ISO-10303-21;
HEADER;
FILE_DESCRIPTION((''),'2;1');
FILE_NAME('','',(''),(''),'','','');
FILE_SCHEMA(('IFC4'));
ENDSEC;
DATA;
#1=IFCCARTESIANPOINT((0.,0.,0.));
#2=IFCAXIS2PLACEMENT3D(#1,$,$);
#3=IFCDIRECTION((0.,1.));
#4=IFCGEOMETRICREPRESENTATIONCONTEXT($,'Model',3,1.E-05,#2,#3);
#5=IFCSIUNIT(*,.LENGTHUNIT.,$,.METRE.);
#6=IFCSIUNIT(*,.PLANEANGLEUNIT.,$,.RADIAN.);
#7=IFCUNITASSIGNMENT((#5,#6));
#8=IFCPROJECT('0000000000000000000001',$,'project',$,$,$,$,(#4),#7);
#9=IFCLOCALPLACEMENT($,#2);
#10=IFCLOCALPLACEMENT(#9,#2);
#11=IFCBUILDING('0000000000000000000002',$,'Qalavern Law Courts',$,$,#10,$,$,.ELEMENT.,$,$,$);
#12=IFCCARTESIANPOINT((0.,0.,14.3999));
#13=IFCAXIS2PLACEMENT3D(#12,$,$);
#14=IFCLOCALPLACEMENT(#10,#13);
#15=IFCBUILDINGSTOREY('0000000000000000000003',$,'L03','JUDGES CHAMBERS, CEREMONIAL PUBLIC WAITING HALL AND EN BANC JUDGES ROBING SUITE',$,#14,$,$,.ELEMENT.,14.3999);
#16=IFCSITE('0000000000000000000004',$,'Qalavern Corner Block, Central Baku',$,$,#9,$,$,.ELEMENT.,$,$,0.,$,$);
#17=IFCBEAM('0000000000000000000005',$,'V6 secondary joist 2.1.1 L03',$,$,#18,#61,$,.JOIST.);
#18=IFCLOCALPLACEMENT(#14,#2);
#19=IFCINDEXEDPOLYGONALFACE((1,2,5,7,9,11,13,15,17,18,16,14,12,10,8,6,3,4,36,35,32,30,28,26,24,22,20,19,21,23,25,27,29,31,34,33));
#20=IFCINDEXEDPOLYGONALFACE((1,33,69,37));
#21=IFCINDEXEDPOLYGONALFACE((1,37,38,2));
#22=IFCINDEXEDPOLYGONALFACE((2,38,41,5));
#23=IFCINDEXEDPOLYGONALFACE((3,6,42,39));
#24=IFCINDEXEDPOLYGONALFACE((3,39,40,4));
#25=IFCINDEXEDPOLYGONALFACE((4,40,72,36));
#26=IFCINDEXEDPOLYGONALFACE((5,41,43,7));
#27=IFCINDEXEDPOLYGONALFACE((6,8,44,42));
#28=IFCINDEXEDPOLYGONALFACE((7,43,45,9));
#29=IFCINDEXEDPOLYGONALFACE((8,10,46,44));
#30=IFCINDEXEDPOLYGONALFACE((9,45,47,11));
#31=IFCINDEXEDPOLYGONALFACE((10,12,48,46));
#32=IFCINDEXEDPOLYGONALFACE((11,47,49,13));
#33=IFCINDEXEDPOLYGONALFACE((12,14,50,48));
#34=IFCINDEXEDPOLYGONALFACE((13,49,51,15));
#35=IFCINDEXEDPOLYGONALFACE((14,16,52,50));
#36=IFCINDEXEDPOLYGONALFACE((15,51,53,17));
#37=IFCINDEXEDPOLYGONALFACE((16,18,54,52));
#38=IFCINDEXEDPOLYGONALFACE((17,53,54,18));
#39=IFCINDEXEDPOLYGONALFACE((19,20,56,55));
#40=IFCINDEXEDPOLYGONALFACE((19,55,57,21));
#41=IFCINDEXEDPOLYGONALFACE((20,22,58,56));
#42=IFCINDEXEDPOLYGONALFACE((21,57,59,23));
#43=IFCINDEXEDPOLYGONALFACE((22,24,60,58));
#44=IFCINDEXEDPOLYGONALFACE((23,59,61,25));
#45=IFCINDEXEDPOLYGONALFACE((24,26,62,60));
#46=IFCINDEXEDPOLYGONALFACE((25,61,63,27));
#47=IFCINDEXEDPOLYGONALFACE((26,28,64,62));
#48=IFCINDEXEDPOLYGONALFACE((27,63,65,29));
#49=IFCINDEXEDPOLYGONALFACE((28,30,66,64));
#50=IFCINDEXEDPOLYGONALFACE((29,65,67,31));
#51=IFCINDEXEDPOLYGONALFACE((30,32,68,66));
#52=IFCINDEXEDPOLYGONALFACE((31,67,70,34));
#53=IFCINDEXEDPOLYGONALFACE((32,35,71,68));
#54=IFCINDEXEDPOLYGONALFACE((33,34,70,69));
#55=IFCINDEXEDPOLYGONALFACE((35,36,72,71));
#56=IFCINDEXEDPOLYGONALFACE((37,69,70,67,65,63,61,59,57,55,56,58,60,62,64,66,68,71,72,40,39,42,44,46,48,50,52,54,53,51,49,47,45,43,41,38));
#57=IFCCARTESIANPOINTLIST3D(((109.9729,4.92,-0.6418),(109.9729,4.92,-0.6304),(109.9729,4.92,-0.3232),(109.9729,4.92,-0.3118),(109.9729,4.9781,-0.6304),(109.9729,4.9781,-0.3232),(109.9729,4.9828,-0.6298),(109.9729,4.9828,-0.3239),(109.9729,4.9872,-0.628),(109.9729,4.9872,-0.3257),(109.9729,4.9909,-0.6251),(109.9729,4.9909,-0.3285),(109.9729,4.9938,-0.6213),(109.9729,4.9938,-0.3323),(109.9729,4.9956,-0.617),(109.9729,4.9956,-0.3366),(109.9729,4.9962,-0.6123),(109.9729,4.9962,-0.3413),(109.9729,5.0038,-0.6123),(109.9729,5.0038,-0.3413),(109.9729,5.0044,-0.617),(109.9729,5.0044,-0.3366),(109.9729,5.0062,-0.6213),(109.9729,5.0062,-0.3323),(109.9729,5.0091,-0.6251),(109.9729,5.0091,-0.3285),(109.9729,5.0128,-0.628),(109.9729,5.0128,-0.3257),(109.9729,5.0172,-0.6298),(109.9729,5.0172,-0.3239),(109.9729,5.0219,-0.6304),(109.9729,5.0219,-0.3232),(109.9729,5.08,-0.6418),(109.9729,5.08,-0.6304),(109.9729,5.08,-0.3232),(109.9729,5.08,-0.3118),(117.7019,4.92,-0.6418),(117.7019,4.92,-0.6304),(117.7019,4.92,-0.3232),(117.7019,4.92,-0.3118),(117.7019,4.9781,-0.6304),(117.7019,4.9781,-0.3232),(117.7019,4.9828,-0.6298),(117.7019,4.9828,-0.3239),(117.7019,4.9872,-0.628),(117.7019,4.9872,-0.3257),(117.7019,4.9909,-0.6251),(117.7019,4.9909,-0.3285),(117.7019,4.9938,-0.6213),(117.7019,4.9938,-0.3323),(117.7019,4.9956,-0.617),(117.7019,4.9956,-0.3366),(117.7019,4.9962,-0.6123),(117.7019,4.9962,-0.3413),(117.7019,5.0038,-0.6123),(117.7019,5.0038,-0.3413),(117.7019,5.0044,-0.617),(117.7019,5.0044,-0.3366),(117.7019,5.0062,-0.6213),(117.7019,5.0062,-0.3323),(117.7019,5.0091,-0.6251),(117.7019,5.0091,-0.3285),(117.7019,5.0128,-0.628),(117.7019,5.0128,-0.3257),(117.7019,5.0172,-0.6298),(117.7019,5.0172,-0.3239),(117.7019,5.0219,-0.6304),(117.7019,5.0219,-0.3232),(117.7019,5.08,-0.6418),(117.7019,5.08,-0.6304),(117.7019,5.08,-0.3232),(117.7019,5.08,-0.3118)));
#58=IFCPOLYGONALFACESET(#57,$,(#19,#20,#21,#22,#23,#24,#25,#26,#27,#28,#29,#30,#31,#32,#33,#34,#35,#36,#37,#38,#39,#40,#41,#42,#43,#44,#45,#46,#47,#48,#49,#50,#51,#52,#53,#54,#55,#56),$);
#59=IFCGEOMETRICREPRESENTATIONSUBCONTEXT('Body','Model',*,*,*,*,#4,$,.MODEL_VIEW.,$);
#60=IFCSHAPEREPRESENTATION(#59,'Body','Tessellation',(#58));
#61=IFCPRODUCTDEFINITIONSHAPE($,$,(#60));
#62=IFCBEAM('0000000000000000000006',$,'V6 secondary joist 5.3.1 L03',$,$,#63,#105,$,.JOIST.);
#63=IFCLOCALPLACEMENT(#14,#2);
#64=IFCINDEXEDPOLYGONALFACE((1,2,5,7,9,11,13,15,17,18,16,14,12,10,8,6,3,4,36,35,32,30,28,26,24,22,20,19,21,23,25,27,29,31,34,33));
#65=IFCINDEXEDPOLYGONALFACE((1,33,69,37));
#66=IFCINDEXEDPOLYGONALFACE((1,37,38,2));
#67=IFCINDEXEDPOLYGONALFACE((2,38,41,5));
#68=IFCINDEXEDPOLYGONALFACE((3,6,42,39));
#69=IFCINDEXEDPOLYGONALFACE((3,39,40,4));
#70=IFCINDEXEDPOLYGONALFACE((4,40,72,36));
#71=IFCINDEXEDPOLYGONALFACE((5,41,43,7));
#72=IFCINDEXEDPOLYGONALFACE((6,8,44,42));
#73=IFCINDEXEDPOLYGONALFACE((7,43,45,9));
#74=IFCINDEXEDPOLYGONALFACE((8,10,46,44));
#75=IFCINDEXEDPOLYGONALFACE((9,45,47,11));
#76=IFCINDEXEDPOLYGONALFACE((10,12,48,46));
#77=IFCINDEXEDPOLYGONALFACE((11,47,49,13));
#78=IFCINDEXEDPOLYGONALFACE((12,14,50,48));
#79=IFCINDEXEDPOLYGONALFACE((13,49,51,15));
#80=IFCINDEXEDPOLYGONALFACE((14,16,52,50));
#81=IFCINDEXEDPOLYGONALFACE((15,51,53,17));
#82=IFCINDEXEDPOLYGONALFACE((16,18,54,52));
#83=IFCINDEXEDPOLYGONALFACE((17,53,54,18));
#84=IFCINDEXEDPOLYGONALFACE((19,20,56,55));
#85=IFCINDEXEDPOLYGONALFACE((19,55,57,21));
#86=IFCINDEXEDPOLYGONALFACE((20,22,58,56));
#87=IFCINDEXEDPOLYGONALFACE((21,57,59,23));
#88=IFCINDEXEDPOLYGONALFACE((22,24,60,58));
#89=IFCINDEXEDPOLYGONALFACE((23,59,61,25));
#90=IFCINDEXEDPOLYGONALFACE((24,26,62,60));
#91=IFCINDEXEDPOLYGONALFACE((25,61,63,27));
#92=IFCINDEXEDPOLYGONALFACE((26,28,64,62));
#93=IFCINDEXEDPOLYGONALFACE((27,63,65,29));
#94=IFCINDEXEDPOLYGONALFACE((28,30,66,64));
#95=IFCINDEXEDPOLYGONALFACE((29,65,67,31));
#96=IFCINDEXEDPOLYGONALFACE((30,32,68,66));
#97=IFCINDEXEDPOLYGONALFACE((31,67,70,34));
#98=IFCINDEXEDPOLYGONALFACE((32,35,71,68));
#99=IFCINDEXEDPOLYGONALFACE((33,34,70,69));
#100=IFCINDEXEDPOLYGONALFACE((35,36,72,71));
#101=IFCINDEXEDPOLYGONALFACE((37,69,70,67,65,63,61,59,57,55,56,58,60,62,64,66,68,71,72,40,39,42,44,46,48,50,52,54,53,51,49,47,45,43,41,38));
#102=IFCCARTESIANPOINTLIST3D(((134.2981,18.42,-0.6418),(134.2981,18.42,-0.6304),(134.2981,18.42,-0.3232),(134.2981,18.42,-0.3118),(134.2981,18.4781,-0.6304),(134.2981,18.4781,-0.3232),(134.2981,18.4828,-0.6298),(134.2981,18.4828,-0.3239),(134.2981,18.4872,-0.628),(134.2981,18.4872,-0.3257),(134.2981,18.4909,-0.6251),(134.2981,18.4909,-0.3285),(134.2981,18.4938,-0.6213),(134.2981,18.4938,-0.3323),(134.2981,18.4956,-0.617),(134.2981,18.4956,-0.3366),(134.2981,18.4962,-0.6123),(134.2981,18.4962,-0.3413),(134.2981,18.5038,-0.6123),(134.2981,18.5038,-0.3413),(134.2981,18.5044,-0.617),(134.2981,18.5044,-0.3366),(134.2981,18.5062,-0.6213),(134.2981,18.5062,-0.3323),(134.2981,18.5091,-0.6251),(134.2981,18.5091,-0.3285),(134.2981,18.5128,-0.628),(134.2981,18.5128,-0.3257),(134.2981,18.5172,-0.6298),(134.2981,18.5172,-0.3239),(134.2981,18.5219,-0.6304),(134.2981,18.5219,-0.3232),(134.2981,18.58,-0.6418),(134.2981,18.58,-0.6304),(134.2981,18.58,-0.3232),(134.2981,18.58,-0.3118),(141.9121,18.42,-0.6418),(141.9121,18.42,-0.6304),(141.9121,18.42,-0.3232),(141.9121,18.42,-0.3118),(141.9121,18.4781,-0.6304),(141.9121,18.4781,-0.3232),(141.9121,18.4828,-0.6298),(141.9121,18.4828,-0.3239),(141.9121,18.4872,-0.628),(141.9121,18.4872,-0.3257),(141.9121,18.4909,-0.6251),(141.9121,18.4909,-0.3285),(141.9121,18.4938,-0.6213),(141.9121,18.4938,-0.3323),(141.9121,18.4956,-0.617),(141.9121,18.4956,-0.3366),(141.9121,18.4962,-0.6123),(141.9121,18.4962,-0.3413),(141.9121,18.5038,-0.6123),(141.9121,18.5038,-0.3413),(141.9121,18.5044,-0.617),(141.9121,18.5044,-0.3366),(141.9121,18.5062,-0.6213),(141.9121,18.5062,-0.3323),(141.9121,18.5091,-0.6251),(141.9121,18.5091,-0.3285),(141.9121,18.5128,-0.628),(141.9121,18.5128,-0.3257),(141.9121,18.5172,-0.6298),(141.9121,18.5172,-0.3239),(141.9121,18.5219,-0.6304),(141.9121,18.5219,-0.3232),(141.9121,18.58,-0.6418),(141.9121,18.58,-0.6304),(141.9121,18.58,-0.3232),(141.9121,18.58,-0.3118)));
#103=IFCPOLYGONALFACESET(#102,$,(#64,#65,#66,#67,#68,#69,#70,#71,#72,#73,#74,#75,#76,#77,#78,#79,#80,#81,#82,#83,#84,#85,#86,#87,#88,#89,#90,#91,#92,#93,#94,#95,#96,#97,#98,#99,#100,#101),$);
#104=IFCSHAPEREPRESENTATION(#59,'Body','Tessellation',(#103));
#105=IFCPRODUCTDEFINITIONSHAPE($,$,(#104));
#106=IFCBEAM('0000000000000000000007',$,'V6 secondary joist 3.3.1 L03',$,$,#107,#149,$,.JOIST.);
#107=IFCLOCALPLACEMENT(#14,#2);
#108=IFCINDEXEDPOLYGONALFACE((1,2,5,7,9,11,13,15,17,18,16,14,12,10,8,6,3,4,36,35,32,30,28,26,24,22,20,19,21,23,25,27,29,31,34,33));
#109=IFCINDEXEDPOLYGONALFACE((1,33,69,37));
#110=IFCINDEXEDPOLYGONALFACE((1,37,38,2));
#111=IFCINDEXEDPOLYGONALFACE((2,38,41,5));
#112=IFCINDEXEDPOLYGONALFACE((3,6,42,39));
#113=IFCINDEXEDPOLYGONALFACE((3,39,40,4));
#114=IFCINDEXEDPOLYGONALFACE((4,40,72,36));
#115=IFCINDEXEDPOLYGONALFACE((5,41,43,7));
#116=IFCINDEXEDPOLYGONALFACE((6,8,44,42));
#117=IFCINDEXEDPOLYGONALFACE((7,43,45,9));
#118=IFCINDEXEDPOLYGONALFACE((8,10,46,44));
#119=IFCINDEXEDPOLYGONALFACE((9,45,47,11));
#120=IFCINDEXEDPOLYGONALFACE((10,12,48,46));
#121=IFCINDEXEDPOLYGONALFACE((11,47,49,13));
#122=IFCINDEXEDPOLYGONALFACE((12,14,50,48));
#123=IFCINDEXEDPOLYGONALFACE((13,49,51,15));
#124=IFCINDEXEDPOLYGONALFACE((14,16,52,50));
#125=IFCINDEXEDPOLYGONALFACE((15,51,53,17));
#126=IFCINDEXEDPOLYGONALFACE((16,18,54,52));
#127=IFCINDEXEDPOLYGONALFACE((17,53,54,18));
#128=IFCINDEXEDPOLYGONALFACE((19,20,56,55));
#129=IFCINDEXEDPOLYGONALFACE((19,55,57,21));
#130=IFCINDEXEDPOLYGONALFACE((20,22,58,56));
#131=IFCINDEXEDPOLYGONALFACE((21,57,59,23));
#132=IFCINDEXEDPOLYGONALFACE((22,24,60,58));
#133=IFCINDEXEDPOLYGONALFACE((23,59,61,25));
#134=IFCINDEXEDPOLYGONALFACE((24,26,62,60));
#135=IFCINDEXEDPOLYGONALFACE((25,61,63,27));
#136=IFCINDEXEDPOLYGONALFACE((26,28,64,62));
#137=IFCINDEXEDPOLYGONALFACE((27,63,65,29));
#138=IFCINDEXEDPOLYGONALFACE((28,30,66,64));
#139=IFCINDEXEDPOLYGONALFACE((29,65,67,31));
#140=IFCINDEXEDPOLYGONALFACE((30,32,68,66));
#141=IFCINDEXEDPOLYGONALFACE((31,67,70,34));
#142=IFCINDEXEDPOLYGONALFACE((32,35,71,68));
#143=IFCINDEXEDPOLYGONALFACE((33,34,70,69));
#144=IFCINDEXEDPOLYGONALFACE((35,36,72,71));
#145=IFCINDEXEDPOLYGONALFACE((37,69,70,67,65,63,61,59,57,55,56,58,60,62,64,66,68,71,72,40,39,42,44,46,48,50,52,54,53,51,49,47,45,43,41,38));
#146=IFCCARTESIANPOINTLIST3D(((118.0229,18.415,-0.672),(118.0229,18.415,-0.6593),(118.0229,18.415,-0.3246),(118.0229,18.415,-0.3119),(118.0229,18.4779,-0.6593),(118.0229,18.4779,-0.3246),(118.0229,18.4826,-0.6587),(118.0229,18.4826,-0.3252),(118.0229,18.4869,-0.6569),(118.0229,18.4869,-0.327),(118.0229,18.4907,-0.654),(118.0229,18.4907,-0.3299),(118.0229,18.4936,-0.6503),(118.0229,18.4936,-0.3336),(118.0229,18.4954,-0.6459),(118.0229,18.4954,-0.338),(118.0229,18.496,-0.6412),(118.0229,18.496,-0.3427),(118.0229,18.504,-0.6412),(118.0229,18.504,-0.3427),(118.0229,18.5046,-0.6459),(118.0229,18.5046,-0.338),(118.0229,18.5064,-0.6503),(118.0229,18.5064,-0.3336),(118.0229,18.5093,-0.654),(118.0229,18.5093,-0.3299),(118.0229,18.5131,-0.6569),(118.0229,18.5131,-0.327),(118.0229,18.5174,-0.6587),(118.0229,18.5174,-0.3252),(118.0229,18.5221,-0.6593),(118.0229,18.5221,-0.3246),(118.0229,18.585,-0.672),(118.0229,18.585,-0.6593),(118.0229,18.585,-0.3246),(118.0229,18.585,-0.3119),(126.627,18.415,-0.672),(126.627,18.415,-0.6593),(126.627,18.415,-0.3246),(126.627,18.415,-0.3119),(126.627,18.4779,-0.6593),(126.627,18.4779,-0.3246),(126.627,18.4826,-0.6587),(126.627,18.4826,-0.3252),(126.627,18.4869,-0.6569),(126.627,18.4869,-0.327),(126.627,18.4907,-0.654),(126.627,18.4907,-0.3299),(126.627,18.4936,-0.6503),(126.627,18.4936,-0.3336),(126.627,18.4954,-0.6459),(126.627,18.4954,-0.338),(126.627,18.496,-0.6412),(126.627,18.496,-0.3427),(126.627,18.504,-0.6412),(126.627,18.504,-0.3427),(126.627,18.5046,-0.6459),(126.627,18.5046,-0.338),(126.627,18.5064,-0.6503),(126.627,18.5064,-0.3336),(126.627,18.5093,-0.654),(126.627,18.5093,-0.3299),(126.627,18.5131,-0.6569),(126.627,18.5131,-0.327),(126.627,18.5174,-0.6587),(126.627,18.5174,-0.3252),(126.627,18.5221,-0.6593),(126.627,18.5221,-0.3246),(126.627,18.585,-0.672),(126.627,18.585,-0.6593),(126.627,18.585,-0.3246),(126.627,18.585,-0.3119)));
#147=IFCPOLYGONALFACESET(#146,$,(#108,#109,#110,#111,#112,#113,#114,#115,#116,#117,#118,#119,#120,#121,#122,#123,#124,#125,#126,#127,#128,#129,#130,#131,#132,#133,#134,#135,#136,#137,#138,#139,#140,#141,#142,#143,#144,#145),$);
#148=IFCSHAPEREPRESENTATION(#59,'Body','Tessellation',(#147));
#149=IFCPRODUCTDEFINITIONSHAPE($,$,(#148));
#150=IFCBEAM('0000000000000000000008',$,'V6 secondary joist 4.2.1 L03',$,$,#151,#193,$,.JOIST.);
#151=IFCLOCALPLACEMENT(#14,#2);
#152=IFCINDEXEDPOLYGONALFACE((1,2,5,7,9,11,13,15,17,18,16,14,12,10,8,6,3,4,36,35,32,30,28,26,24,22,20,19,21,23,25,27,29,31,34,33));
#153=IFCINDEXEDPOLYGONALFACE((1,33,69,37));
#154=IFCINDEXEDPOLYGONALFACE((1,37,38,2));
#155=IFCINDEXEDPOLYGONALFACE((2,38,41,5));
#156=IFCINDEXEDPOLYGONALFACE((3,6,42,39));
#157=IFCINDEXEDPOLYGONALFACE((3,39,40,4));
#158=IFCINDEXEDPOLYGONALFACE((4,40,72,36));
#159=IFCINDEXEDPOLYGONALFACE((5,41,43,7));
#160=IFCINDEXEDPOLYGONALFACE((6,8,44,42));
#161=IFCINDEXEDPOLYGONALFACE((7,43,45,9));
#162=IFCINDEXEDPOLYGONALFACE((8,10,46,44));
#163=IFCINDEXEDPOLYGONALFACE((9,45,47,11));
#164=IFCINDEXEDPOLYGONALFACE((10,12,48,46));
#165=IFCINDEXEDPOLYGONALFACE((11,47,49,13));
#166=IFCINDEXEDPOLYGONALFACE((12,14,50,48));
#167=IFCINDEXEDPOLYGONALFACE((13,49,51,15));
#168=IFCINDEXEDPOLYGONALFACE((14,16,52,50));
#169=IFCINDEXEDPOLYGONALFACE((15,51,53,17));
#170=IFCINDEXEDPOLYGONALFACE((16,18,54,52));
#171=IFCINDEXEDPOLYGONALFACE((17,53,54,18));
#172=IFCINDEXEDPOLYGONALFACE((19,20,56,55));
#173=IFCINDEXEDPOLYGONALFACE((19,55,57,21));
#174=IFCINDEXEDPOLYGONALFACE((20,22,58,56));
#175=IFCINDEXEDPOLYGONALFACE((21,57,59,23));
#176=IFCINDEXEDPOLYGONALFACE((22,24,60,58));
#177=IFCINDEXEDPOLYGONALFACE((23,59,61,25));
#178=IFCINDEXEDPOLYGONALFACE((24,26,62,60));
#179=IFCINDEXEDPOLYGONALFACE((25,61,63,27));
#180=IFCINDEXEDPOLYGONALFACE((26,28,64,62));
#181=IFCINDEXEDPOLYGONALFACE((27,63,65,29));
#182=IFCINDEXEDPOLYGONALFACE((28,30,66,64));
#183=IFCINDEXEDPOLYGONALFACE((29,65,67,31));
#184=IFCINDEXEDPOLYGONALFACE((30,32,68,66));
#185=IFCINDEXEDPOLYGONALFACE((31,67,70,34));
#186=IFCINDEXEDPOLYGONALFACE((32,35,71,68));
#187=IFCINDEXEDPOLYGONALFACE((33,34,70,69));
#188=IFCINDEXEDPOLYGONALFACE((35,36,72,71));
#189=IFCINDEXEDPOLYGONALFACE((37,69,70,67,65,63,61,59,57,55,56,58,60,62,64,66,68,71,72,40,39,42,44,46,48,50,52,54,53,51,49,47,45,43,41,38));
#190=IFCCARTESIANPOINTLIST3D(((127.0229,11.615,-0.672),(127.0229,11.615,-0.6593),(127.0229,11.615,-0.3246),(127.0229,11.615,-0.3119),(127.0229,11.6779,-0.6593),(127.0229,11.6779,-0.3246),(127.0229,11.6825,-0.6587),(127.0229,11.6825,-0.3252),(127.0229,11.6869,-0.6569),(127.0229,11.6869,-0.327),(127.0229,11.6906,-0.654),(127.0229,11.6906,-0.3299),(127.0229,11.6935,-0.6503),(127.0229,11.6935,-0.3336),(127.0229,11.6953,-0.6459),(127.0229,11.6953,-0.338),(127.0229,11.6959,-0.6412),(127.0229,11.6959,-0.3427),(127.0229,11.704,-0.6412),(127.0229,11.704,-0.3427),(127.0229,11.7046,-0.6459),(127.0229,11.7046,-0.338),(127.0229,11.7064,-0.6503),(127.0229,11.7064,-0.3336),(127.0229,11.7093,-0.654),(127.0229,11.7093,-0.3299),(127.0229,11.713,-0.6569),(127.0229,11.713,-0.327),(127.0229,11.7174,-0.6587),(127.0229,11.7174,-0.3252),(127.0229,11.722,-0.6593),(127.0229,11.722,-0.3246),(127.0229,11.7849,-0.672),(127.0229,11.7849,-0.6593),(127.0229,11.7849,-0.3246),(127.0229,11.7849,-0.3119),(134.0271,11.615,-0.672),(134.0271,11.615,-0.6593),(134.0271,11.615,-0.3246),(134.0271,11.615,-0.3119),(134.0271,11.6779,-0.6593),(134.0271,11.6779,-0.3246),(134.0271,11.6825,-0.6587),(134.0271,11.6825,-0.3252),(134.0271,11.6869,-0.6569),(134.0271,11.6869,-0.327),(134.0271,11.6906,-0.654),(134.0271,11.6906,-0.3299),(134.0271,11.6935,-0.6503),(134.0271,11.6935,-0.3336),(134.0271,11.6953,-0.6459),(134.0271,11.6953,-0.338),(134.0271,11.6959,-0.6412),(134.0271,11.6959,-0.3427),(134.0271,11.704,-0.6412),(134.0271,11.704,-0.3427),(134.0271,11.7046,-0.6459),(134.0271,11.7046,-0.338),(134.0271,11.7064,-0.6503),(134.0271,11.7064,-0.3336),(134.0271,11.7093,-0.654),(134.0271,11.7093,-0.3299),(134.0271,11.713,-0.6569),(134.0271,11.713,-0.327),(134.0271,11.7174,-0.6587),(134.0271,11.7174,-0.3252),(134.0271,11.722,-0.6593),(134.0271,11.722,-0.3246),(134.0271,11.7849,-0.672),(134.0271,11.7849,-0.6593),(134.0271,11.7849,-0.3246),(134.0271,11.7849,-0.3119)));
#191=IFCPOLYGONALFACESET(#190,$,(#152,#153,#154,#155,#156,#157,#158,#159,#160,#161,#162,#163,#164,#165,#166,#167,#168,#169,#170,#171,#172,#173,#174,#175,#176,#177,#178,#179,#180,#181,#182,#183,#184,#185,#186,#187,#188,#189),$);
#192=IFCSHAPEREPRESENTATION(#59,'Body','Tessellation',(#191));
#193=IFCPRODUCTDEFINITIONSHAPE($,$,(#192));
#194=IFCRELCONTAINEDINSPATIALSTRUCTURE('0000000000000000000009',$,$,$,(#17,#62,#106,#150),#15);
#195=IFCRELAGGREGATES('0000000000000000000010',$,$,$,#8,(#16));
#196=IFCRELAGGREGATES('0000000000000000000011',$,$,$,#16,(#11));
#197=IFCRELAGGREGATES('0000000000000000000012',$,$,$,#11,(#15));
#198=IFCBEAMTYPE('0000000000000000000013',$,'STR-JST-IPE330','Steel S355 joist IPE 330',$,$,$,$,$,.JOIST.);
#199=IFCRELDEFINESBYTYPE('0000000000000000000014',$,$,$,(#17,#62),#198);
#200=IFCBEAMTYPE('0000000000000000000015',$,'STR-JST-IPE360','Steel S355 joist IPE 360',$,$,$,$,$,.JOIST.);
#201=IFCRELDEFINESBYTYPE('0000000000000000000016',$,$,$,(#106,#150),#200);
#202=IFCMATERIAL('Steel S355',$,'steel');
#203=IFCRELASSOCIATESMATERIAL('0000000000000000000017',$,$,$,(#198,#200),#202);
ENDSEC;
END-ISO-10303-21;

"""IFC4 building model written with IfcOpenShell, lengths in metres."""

from ifc_helpers import new_model, si_unit, direction, frame, origin, origin_2d, place, context, subcontext, project, spatial, i_section, extrude, material, material_profile, profile_set, type_object, element, save


model = new_model("IFC4")

# Units and contexts
model_context = context("Model", 3, precision=1e-05, world=origin(), true_north=direction((0.0, 1.0)))
body_context = subcontext(model_context, "Body", "Model", "MODEL_VIEW")
ifc_project = project(units=[si_unit("LENGTHUNIT", "METRE"), si_unit("PLANEANGLEUNIT", "RADIAN")], contexts=[model_context])

# Site, building, storey
site_placement = place(None, origin())
site = spatial("IfcSite", under=ifc_project, at=site_placement, Name="Qalavern Corner Block, Central Baku", CompositionType="ELEMENT", RefElevation=0.0)
building_placement = place(site_placement, origin())
building = spatial("IfcBuilding", under=site, at=building_placement, Name="Qalavern Law Courts", CompositionType="ELEMENT")
storey_placement = place(building_placement, frame((0.0, 0.0, 14.3999)))
storey = spatial("IfcBuildingStorey", under=building, at=storey_placement, Name="L03", Description="JUDGES CHAMBERS, CEREMONIAL PUBLIC WAITING HALL AND EN BANC JUDGES ROBING SUITE", CompositionType="ELEMENT", Elevation=14.3999)

# Beams
ifc_material_1 = material(Name="Steel S355", Category="steel")
ifc_material_profile_1 = material_profile(ifc_material_1, i_section(OverallWidth=0.1599, OverallDepth=0.3301, WebThickness=0.0076, FlangeThickness=0.0115, FilletRadius=0.0181, at=origin_2d()), Name="IPE 330")
ifc_profile_set_1 = profile_set([ifc_material_profile_1], Name="Steel S355")
beam_type_1 = type_object("IfcBeamType", Name="STR-JST-IPE330", Description="Steel S355 joist IPE 330", PredefinedType="JOIST", material=ifc_profile_set_1)
beam_1_placement = place(storey_placement, frame((109.9729, 5.0, -0.4768), z_axis=(1.0, 0.0, 0.0), x_axis=(0.0, 1.0, 0.0)))
element("IfcBeam", 1, at=beam_1_placement, inside=storey, type_object=beam_type_1, Name="V6 secondary joist 2.1.1 L03", PredefinedType="JOIST", context=body_context, shape_type="SweptSolid", body=[
    extrude(i_section(OverallWidth=0.1599, OverallDepth=0.3301, WebThickness=0.0076, FlangeThickness=0.0115, FilletRadius=0.0181, at=origin_2d()), origin(), (0.0, 0.0, 1.0), 7.729),
])
beam_2_placement = place(storey_placement, frame((134.2981, 18.5, -0.4768), z_axis=(1.0, 0.0, 0.0), x_axis=(0.0, 1.0, 0.0)))
element("IfcBeam", 2, at=beam_2_placement, inside=storey, type_object=beam_type_1, Name="V6 secondary joist 5.3.1 L03", PredefinedType="JOIST", context=body_context, shape_type="SweptSolid", body=[
    extrude(i_section(OverallWidth=0.1599, OverallDepth=0.3301, WebThickness=0.0076, FlangeThickness=0.0115, FilletRadius=0.0181, at=origin_2d()), origin(), (0.0, 0.0, 1.0), 7.614),
])
ifc_material_profile_2 = material_profile(ifc_material_1, i_section(OverallWidth=0.1699, OverallDepth=0.3601, WebThickness=0.0081, FlangeThickness=0.0127, FilletRadius=0.0181, at=origin_2d()), Name="IPE 360")
ifc_profile_set_2 = profile_set([ifc_material_profile_2], Name="Steel S355")
beam_type_2 = type_object("IfcBeamType", Name="STR-JST-IPE360", Description="Steel S355 joist IPE 360", PredefinedType="JOIST", material=ifc_profile_set_2)
beam_3_placement = place(storey_placement, frame((118.0229, 18.5, -0.4919), z_axis=(1.0, 0.0, 0.0), x_axis=(0.0, 1.0, 0.0)))
element("IfcBeam", 3, at=beam_3_placement, inside=storey, type_object=beam_type_2, Name="V6 secondary joist 3.3.1 L03", PredefinedType="JOIST", context=body_context, shape_type="SweptSolid", body=[
    extrude(i_section(OverallWidth=0.1699, OverallDepth=0.3601, WebThickness=0.0081, FlangeThickness=0.0127, FilletRadius=0.0181, at=origin_2d()), origin(), (0.0, 0.0, 1.0), 8.604),
])
beam_4_placement = place(storey_placement, frame((127.0229, 11.7, -0.4919), z_axis=(1.0, 0.0, 0.0), x_axis=(0.0, 1.0, 0.0)))
element("IfcBeam", 4, at=beam_4_placement, inside=storey, type_object=beam_type_2, Name="V6 secondary joist 4.2.1 L03", PredefinedType="JOIST", context=body_context, shape_type="SweptSolid", body=[
    extrude(i_section(OverallWidth=0.1699, OverallDepth=0.3601, WebThickness=0.0081, FlangeThickness=0.0127, FilletRadius=0.0181, at=origin_2d()), origin(), (0.0, 0.0, 1.0), 7.0042),
])

save(model, "model.ifc")
